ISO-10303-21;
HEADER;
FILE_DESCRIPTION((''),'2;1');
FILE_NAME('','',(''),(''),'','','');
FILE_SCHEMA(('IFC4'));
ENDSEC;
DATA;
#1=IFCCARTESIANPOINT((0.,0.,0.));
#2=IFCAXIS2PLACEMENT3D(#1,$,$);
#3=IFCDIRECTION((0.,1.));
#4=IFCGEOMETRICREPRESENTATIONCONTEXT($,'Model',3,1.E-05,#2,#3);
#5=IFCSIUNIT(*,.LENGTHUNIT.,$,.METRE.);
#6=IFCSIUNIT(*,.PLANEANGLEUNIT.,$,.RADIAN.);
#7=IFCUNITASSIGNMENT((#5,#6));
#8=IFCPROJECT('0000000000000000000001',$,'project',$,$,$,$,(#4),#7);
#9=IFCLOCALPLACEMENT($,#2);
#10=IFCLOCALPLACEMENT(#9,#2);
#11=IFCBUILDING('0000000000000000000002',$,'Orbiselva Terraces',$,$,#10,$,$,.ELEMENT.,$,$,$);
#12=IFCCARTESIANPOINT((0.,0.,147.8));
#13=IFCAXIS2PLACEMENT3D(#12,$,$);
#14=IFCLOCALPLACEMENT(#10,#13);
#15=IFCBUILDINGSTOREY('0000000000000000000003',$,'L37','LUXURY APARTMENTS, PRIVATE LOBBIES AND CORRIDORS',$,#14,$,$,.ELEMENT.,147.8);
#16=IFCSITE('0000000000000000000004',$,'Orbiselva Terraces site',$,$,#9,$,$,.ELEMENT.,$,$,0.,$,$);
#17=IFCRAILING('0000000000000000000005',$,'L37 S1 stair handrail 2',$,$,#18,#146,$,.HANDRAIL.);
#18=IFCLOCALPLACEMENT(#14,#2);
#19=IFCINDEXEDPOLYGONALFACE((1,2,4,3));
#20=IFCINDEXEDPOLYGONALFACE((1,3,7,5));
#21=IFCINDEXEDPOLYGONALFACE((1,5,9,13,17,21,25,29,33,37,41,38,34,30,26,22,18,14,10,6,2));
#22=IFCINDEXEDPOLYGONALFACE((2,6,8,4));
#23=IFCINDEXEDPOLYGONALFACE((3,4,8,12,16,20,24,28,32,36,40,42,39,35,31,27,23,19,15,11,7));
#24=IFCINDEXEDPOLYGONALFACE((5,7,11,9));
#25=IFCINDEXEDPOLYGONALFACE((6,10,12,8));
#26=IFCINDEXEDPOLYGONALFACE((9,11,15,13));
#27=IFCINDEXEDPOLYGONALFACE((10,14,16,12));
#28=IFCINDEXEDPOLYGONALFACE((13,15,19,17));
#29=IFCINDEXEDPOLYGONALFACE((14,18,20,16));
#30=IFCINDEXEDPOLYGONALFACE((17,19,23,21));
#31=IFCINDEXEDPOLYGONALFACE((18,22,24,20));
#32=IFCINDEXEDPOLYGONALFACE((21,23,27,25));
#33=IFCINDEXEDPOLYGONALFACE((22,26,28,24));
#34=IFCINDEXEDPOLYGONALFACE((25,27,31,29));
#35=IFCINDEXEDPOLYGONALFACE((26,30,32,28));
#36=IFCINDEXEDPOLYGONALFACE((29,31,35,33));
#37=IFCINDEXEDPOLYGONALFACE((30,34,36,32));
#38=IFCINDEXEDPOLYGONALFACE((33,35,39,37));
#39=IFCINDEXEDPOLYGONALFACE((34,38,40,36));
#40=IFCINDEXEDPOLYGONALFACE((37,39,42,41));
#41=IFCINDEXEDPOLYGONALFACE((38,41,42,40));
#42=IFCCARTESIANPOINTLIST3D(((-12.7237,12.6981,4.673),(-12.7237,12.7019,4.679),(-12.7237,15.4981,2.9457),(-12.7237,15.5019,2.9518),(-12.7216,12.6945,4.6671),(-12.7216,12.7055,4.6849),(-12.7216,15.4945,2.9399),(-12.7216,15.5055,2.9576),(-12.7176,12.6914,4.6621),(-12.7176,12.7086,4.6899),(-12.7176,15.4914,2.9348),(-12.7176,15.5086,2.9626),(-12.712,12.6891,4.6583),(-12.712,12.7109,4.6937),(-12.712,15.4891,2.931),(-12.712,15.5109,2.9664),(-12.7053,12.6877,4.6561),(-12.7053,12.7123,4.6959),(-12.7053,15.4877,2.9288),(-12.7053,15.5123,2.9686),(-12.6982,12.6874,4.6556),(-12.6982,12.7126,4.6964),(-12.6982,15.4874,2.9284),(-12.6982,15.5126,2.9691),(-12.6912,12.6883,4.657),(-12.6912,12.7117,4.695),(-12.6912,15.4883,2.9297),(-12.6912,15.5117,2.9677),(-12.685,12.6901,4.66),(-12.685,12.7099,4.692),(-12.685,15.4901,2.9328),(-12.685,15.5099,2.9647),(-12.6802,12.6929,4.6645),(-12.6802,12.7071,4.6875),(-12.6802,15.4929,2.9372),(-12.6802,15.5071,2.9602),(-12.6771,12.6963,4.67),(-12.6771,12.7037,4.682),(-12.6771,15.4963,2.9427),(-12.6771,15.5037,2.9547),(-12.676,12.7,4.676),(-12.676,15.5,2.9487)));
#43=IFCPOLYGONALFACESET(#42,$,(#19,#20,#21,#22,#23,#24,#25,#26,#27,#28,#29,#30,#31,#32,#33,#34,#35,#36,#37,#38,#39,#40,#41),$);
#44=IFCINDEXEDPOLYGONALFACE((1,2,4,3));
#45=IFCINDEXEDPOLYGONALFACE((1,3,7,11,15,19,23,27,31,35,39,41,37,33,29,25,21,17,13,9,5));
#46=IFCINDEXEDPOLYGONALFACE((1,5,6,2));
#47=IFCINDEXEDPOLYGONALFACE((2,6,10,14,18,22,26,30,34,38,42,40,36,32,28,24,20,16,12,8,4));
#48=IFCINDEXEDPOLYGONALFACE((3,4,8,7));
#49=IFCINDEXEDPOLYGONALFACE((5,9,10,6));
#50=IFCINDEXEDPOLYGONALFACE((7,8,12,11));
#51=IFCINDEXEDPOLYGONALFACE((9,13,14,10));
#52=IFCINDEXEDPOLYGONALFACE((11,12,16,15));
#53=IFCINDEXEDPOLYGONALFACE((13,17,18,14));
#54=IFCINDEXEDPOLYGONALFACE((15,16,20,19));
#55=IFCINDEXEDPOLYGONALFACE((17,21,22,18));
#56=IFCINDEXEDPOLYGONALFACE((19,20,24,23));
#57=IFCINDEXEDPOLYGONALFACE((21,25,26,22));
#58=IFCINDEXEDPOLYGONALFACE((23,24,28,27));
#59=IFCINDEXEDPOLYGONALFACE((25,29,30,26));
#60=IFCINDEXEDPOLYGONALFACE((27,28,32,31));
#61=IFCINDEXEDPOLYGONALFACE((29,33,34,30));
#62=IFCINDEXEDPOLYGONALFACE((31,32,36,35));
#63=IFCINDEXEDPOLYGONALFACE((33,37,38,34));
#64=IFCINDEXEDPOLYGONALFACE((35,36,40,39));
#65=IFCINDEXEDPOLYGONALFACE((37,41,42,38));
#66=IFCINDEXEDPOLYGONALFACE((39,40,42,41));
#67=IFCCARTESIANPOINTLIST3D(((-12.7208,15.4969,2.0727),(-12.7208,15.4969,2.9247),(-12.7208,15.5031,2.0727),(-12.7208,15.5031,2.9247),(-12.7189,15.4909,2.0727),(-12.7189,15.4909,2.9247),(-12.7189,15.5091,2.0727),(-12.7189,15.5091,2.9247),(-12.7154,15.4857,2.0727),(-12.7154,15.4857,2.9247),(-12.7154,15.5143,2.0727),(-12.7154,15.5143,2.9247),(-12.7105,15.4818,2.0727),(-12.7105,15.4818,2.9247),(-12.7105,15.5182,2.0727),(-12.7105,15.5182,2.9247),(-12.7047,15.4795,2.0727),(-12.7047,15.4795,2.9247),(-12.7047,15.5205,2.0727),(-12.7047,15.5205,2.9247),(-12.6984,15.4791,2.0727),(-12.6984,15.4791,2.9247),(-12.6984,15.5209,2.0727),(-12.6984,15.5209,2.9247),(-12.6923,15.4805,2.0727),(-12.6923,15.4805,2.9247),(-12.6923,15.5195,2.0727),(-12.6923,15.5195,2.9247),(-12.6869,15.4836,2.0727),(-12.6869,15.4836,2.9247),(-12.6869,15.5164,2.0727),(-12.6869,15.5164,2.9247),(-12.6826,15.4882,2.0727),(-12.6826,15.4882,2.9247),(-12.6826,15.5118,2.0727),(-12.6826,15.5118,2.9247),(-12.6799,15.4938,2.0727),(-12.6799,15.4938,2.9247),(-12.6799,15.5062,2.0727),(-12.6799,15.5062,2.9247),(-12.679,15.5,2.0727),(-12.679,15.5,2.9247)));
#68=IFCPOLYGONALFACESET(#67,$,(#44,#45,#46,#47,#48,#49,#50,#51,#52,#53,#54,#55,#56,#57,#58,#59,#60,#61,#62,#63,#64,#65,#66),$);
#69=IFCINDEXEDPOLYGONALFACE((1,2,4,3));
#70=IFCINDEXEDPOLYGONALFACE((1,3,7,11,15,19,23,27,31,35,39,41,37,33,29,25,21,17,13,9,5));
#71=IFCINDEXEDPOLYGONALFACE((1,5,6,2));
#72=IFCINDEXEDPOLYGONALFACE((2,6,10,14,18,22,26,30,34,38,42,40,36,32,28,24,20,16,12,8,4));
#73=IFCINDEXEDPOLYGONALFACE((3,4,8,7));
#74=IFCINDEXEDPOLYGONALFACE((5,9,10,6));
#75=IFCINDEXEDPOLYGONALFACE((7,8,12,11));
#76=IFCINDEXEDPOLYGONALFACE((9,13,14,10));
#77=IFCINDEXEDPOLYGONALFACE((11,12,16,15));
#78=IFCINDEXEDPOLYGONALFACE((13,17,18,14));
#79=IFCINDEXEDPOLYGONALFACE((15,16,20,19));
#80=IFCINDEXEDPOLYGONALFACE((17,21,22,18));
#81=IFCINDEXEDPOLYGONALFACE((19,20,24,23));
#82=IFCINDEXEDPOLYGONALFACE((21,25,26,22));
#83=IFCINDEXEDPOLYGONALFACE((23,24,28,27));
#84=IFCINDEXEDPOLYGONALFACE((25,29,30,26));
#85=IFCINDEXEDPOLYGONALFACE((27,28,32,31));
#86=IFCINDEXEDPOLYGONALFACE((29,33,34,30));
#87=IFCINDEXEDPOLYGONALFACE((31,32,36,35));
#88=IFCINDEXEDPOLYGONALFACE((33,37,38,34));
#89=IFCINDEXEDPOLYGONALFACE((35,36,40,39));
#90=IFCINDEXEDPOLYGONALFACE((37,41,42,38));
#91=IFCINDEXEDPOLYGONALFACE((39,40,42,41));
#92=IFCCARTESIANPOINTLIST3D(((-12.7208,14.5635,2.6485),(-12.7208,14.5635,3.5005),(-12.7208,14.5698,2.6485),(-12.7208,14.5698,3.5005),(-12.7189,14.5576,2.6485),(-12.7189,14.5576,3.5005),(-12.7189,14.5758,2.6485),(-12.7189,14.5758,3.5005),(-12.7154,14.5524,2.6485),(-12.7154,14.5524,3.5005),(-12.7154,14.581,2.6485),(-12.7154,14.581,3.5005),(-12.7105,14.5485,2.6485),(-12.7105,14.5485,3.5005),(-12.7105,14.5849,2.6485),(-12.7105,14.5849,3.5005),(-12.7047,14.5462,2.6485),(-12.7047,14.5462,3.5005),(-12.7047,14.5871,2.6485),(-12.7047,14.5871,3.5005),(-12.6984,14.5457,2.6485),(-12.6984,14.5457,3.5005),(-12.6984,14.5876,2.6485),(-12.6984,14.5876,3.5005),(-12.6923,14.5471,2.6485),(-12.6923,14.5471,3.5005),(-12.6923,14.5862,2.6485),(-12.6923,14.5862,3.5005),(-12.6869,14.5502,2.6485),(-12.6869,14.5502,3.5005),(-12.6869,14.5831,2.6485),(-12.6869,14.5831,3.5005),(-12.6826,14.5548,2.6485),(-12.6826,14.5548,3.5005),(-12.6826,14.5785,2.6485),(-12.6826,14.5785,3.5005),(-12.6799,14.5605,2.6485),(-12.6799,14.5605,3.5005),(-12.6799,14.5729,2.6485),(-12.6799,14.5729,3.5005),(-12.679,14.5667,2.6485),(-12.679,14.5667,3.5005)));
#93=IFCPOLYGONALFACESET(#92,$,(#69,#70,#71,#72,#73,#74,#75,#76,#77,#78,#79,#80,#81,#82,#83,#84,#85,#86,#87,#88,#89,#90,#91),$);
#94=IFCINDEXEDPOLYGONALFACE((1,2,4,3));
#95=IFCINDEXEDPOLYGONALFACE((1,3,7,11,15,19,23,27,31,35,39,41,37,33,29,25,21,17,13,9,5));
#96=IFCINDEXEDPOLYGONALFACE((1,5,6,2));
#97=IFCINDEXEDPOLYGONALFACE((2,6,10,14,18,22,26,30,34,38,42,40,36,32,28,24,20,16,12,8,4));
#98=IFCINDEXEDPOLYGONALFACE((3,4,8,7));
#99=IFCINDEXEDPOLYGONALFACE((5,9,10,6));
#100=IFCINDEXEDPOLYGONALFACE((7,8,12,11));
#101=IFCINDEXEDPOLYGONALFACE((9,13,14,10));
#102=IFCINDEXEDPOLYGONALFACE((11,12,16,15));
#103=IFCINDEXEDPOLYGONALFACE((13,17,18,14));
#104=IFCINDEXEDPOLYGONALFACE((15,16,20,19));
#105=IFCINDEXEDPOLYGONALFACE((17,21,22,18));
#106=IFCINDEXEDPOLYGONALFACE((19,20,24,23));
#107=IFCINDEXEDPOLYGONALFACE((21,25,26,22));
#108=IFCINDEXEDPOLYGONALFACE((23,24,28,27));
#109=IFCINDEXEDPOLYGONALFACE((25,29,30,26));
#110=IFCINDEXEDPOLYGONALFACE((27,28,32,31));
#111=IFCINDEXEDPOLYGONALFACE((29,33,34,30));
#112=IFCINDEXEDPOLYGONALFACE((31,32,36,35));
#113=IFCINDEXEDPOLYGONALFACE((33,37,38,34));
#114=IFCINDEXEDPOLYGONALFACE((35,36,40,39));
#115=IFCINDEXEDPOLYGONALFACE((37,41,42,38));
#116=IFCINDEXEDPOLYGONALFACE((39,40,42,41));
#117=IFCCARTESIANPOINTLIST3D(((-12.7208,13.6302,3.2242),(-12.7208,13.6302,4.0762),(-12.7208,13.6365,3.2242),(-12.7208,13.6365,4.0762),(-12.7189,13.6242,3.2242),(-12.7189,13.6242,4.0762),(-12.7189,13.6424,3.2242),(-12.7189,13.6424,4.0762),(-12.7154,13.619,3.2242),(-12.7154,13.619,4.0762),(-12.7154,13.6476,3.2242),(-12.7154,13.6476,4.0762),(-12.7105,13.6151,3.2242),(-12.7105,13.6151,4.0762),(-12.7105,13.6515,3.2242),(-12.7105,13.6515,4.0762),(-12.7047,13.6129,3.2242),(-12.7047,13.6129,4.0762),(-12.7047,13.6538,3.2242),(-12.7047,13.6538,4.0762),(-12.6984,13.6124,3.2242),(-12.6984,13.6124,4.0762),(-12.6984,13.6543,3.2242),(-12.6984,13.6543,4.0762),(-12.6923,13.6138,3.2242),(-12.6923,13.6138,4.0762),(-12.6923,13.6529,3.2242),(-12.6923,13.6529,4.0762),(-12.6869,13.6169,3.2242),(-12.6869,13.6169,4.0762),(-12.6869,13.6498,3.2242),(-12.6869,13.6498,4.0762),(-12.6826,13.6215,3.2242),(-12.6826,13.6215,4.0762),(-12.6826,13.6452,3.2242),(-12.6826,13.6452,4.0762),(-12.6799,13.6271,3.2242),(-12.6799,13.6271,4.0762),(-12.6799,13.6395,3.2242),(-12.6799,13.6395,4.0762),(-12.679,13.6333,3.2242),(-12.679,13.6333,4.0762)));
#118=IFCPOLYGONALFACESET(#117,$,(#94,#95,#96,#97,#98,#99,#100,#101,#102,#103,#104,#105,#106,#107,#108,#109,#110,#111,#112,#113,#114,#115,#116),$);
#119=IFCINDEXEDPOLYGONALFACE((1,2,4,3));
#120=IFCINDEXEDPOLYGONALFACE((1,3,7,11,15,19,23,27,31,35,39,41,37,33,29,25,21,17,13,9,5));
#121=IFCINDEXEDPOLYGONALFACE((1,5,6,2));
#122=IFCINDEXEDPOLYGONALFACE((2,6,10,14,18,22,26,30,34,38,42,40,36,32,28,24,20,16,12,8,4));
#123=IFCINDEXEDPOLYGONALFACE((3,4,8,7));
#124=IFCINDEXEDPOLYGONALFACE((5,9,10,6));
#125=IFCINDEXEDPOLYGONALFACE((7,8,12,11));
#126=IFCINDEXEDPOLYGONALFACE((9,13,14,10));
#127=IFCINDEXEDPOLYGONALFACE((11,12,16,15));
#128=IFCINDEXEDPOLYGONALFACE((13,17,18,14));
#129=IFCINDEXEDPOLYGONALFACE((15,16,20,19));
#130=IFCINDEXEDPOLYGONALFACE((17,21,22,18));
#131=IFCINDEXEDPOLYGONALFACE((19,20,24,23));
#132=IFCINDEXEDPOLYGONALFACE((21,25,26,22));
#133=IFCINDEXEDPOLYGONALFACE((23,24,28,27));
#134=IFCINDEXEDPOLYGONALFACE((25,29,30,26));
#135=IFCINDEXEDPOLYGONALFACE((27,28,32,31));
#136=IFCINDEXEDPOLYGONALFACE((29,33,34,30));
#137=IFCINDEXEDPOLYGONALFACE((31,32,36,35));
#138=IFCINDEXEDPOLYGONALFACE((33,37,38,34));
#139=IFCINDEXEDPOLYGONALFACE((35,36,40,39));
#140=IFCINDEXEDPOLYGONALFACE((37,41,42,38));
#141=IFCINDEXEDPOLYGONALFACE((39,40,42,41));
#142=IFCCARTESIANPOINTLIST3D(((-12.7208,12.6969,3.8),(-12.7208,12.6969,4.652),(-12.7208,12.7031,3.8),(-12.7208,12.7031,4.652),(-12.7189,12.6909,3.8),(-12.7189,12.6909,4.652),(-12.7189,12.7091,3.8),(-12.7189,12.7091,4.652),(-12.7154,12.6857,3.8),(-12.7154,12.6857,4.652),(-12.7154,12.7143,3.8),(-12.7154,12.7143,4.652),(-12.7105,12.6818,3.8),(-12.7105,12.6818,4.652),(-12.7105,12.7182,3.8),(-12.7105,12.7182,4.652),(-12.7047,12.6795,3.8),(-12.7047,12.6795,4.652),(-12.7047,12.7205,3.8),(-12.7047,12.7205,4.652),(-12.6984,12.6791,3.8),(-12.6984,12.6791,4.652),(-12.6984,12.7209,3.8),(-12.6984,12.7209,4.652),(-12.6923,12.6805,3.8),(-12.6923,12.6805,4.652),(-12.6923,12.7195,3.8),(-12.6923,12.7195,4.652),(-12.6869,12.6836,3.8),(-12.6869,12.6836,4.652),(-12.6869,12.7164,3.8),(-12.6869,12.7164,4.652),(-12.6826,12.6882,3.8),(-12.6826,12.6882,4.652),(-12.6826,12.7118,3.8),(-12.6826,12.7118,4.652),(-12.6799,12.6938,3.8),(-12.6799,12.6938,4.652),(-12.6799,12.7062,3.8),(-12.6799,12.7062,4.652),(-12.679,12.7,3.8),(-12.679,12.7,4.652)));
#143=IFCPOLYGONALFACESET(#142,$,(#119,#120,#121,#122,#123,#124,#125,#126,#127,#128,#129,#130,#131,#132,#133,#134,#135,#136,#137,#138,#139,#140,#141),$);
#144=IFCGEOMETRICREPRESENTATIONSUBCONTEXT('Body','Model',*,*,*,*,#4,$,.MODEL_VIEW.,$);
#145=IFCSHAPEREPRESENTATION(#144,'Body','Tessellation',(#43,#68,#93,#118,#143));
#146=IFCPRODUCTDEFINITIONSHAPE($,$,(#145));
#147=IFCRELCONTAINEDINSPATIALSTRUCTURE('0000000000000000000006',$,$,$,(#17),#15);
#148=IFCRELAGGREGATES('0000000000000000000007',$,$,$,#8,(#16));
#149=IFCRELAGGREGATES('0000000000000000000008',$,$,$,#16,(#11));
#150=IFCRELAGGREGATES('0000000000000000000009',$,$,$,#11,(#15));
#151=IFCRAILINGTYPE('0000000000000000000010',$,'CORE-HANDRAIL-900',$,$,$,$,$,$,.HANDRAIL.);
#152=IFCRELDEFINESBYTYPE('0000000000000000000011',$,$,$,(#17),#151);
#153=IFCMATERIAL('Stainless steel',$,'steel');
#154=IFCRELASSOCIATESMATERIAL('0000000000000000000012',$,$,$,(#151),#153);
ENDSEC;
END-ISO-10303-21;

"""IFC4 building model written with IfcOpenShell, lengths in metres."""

from ifc_helpers import new_model, si_unit, direction, frame, origin, origin_2d, place, context, subcontext, project, spatial, circle, extrude, material, type_object, element, save


model = new_model("IFC4")

# Units and contexts
model_context = context("Model", 3, precision=1e-05, world=origin(), true_north=direction((0.0, 1.0)))
body_context = subcontext(model_context, "Body", "Model", "MODEL_VIEW")
ifc_project = project(units=[si_unit("LENGTHUNIT", "METRE"), si_unit("PLANEANGLEUNIT", "RADIAN")], contexts=[model_context])

# Site, building, storey
site_placement = place(None, origin())
site = spatial("IfcSite", under=ifc_project, at=site_placement, Name="Orbiselva Terraces site", CompositionType="ELEMENT", RefElevation=0.0)
building_placement = place(site_placement, origin())
building = spatial("IfcBuilding", under=site, at=building_placement, Name="Orbiselva Terraces", CompositionType="ELEMENT")
storey_placement = place(building_placement, frame((0.0, 0.0, 147.8)))
storey = spatial("IfcBuildingStorey", under=building, at=storey_placement, Name="L37", Description="LUXURY APARTMENTS, PRIVATE LOBBIES AND CORRIDORS", CompositionType="ELEMENT", Elevation=147.8)

# Railing
ifc_material_1 = material(Name="Stainless steel", Category="steel")
railing_type_1 = type_object("IfcRailingType", Name="CORE-HANDRAIL-900", PredefinedType="HANDRAIL", material=ifc_material_1)
railing_1_placement = place(storey_placement, frame((-12.7, 15.5, 2.0727)))
element("IfcRailing", 1, at=railing_1_placement, inside=storey, type_object=railing_type_1, Name="L37 S1 stair handrail 2", PredefinedType="HANDRAIL", context=body_context, shape_type="SweptSolid", body=[
    extrude(circle(Radius=0.024, at=origin_2d()), frame((0.0, 0.0, 0.876), z_axis=(0.0, -0.851089, 0.525022), x_axis=(1.0, 0.0, 0.0)), (0.0, 0.0, 1.0), 3.2899),
    extrude(circle(Radius=0.021, at=origin_2d()), origin(), (0.0, 0.0, 1.0), 0.852),
    extrude(circle(Radius=0.021, at=origin_2d()), frame((0.0, -0.9333, 0.5758)), (0.0, 0.0, 1.0), 0.852),
    extrude(circle(Radius=0.021, at=origin_2d()), frame((0.0, -1.8667, 1.1515)), (0.0, 0.0, 1.0), 0.852),
    extrude(circle(Radius=0.021, at=origin_2d()), frame((0.0, -2.8, 1.7273)), (0.0, 0.0, 1.0), 0.852),
])

save(model, "model.ifc")
